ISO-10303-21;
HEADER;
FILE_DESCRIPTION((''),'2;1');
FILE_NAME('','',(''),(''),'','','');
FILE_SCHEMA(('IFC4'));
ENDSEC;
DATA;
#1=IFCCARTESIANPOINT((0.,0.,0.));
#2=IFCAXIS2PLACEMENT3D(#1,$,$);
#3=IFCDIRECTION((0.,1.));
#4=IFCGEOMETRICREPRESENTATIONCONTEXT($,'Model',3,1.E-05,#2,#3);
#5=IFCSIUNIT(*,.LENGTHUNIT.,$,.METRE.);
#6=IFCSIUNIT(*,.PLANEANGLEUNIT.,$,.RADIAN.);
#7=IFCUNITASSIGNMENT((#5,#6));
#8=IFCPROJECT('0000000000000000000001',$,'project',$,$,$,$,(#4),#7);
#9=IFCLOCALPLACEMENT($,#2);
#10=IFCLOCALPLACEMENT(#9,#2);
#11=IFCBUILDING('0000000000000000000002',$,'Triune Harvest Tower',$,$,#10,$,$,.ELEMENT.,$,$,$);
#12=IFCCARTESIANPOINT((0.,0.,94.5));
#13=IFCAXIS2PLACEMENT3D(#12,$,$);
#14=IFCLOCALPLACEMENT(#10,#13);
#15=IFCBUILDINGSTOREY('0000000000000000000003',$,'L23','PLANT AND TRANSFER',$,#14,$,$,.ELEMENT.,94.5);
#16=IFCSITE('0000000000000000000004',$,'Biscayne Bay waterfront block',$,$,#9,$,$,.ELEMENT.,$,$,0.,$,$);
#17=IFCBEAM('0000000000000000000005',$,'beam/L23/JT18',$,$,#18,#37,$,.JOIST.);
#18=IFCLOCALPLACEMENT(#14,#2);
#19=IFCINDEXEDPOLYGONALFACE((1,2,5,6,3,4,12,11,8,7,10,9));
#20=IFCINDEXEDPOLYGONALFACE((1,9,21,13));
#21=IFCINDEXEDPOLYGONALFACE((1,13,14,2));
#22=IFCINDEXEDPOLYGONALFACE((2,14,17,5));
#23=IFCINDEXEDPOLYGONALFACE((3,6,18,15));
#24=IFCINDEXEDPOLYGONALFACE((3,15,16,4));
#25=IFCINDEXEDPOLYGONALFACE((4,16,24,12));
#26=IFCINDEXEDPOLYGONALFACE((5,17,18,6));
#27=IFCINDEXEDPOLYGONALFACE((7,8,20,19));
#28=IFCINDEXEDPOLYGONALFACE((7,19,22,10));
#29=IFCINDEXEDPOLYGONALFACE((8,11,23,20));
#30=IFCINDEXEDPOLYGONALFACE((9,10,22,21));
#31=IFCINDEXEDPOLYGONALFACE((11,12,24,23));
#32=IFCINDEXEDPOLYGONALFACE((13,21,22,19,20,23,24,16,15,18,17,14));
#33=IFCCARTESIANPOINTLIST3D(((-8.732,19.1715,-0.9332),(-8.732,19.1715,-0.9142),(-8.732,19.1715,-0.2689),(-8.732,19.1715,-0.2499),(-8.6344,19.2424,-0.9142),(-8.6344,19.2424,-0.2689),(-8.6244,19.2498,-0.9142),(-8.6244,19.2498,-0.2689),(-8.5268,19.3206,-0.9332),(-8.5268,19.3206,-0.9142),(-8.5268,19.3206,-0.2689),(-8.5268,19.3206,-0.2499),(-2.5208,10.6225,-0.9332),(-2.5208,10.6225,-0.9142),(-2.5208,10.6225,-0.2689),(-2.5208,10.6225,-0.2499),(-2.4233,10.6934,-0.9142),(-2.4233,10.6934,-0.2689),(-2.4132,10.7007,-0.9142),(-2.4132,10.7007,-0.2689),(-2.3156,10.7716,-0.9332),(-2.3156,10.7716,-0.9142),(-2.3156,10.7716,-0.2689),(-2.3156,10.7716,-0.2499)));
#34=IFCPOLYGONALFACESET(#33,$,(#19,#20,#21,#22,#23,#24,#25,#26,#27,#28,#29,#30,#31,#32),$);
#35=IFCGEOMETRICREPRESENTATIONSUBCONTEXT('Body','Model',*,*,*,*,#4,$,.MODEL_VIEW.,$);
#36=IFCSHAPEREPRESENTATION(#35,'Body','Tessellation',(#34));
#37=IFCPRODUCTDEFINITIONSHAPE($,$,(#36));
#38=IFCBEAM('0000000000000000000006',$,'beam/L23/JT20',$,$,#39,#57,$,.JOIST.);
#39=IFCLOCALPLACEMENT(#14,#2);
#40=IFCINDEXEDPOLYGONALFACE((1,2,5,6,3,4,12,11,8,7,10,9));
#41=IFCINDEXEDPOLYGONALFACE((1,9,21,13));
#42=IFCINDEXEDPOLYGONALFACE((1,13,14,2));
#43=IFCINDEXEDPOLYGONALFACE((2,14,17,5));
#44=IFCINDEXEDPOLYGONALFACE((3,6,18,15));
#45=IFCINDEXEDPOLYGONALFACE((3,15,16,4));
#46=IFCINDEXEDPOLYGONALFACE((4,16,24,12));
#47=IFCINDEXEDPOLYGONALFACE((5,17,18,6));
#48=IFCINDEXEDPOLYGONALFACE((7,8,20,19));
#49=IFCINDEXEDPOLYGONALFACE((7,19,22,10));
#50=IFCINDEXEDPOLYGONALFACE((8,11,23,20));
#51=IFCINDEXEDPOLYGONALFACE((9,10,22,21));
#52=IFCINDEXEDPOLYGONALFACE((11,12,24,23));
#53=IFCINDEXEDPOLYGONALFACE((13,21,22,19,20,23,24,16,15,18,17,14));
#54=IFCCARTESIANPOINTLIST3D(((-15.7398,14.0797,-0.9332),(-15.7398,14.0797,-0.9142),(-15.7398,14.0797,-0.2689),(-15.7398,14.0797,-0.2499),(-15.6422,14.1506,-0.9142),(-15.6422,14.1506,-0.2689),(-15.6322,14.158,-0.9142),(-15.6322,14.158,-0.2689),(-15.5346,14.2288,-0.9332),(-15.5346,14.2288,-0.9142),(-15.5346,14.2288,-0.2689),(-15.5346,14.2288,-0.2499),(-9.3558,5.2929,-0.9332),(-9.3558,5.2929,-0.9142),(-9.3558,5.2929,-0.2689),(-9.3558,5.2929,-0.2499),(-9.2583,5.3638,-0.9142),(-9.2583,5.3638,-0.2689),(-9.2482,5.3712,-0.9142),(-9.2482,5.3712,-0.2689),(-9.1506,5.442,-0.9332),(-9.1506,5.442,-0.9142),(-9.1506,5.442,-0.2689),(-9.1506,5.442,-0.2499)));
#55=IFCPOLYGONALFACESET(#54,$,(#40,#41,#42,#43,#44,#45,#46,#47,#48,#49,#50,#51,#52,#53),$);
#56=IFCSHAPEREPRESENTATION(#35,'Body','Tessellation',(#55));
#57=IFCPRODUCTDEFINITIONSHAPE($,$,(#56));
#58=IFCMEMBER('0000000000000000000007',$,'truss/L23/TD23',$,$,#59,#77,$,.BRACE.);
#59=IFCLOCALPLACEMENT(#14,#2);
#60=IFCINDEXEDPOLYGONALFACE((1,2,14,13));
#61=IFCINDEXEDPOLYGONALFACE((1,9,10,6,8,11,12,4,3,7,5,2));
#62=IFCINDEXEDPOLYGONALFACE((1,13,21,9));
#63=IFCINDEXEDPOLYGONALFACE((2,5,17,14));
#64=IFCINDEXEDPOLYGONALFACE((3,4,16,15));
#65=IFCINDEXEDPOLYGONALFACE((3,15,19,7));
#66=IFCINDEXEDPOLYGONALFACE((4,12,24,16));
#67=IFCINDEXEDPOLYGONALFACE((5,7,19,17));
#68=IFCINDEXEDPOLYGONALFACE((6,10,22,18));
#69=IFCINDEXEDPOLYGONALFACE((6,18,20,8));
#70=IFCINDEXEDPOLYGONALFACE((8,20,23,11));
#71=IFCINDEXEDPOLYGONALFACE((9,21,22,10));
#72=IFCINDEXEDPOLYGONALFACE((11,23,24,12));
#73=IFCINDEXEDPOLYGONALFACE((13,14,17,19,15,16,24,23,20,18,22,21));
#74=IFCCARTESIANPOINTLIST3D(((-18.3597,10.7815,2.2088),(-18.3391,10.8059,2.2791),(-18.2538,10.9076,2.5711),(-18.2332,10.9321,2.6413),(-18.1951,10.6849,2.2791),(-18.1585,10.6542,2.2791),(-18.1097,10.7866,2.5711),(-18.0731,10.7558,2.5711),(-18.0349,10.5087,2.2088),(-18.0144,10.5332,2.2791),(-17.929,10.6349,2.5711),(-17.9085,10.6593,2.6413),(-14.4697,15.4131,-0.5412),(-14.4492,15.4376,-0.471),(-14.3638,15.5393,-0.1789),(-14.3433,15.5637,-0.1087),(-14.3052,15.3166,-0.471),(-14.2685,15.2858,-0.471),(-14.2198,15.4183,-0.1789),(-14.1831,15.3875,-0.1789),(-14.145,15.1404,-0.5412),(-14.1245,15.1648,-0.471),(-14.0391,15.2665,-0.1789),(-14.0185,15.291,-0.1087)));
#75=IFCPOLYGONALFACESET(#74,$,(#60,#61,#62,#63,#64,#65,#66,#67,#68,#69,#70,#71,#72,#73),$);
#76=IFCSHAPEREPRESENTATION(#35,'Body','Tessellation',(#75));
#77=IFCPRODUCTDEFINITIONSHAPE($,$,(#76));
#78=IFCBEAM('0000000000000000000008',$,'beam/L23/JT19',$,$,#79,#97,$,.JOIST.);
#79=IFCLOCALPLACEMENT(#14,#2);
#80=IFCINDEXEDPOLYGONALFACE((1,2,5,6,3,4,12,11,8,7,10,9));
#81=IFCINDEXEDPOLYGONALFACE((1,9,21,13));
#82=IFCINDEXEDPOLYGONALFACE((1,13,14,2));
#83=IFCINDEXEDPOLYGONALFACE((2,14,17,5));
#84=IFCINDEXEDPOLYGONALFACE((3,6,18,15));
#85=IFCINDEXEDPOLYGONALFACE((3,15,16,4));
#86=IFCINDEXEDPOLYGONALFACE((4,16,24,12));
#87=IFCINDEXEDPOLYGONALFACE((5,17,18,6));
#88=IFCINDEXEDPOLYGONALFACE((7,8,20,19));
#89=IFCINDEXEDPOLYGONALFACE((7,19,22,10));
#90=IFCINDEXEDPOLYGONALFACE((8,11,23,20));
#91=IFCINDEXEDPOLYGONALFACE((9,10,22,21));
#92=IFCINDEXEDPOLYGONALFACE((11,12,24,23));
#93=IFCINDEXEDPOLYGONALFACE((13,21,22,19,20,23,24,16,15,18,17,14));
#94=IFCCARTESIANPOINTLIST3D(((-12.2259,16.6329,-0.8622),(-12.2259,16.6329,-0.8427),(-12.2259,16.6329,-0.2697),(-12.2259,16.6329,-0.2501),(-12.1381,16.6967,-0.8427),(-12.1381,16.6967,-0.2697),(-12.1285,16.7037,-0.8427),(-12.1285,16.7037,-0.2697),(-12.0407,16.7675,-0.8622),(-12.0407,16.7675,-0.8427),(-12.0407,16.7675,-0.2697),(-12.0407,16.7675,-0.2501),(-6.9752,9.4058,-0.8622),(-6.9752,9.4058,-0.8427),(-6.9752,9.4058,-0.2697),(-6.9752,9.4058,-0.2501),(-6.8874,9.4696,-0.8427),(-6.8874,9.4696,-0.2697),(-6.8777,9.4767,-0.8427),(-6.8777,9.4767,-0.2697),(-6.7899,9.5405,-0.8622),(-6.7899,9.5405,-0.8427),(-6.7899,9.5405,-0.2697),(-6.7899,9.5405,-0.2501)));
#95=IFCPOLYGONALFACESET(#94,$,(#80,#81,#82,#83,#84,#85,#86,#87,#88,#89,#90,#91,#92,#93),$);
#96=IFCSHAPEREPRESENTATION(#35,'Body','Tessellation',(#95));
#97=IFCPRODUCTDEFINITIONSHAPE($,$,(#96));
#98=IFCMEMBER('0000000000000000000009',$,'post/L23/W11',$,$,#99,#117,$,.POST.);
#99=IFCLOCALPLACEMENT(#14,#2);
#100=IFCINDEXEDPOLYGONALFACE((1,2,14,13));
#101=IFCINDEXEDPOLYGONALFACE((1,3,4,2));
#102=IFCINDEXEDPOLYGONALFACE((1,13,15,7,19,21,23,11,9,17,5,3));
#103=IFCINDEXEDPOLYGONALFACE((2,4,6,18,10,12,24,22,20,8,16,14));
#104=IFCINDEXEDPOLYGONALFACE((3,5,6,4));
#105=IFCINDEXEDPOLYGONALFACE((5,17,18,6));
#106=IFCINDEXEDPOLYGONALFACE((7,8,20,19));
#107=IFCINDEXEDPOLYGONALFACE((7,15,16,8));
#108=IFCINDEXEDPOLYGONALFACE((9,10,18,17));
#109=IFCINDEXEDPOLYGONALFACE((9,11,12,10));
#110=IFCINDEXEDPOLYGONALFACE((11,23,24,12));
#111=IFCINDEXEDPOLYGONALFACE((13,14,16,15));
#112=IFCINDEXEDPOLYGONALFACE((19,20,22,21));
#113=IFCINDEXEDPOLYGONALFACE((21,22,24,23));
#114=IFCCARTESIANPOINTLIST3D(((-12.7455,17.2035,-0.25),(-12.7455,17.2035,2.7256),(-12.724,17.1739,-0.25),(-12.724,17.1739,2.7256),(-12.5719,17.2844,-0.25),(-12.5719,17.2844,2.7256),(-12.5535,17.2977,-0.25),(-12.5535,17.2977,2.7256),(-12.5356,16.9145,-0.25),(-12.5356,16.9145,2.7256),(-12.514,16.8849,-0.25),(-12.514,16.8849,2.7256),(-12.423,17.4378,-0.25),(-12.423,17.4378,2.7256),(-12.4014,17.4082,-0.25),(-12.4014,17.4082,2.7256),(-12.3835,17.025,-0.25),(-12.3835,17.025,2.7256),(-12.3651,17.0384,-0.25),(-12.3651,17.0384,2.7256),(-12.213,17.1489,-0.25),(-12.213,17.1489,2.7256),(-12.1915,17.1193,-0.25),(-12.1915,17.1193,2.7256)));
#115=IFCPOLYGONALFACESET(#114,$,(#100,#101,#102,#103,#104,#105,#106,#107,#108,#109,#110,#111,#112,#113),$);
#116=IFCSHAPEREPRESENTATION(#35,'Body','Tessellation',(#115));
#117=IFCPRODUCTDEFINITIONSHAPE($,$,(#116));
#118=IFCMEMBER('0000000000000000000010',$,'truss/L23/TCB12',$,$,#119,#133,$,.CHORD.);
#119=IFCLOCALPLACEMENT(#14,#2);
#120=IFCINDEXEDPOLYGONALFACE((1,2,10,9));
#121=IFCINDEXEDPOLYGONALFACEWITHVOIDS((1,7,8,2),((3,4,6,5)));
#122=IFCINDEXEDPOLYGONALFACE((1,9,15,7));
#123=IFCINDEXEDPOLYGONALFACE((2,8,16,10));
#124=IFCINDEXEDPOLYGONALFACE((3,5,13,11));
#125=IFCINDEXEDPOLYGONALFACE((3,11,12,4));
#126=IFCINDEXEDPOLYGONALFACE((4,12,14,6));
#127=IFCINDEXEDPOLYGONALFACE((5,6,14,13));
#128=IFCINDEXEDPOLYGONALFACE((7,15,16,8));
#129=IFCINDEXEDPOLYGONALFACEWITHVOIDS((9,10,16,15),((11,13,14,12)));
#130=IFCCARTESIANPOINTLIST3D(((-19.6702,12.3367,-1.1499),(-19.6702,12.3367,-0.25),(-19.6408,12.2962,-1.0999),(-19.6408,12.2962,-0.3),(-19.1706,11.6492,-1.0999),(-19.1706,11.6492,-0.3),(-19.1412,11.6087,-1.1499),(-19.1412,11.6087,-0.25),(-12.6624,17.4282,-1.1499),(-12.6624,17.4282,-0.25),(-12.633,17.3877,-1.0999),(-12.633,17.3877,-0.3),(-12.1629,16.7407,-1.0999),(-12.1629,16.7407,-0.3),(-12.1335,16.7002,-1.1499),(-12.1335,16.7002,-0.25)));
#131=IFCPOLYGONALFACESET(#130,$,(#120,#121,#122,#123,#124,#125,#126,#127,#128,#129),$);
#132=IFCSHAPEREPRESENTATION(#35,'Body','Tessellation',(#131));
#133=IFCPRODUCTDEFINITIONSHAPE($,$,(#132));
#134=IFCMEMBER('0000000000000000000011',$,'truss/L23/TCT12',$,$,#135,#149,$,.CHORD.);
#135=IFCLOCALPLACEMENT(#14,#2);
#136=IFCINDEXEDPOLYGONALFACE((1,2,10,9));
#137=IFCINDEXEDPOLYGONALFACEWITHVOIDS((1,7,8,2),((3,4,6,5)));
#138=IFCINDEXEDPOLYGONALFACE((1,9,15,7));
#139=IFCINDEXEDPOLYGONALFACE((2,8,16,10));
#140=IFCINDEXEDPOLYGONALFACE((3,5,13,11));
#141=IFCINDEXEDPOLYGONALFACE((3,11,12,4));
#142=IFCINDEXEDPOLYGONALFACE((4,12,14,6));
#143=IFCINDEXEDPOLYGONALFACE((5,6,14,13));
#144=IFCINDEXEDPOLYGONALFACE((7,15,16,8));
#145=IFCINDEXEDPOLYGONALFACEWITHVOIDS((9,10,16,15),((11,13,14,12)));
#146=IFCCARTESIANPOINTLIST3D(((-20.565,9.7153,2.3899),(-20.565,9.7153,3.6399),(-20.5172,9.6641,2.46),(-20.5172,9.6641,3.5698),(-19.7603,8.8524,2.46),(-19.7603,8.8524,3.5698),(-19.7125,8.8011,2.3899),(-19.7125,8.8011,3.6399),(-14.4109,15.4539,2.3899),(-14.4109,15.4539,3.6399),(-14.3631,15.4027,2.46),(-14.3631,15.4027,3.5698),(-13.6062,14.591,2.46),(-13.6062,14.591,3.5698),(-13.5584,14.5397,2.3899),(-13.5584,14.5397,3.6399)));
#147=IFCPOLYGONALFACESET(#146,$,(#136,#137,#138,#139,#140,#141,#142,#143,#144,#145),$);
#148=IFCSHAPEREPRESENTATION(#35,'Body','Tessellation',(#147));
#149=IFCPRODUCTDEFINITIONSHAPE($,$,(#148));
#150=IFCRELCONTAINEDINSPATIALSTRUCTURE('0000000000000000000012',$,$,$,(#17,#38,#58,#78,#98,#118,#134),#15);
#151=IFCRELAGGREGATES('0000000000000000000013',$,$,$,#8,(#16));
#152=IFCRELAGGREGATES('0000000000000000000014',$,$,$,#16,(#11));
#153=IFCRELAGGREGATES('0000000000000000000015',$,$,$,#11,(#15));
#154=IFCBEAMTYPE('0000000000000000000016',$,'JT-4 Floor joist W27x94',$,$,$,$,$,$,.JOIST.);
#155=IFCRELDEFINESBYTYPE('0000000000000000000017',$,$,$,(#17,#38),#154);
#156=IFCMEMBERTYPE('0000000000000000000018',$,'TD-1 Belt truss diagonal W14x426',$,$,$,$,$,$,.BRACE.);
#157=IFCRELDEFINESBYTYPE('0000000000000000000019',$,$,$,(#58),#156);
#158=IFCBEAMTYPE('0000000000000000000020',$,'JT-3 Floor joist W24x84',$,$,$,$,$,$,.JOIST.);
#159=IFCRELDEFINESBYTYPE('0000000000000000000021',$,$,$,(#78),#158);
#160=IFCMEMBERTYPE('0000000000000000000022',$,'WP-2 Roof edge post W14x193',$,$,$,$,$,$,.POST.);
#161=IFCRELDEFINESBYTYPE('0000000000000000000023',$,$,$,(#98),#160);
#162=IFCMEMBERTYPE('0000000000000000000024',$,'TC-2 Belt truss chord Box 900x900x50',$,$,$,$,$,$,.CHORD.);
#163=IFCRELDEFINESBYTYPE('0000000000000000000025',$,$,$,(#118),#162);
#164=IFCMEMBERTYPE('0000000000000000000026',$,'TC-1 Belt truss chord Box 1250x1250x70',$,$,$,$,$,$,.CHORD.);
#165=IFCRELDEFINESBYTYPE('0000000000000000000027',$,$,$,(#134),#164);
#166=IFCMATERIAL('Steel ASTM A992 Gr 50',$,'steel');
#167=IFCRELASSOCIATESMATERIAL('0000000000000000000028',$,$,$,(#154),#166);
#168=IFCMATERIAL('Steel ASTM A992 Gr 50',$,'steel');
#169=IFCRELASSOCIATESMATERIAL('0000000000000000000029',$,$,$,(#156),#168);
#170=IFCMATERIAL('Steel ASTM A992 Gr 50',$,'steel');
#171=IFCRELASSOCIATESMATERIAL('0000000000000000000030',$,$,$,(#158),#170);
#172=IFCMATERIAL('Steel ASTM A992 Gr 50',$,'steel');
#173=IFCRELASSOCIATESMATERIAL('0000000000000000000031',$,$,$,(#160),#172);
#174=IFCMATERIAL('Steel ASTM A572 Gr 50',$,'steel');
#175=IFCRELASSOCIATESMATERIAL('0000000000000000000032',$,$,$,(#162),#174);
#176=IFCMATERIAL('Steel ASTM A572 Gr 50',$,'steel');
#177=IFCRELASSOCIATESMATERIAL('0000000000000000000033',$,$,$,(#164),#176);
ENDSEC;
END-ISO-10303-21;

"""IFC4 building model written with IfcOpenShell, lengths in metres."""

from ifc_helpers import new_model, si_unit, direction, frame, origin, origin_2d, place, context, subcontext, project, spatial, hollow_rectangle, i_section, extrude, source, transform, mapped, material, material_profile, profile_set, type_object, element, save


model = new_model("IFC4")

# Units and contexts
model_context = context("Model", 3, precision=1e-05, world=origin(), true_north=direction((0.0, 1.0)))
body_context = subcontext(model_context, "Body", "Model", "MODEL_VIEW")
ifc_project = project(units=[si_unit("LENGTHUNIT", "METRE"), si_unit("PLANEANGLEUNIT", "RADIAN")], contexts=[model_context])

# Site, building, storey
site_placement = place(None, origin())
site = spatial("IfcSite", under=ifc_project, at=site_placement, Name="Biscayne Bay waterfront block", CompositionType="ELEMENT", RefElevation=0.0)
building_placement = place(site_placement, origin())
building = spatial("IfcBuilding", under=site, at=building_placement, Name="Triune Harvest Tower", CompositionType="ELEMENT")
storey_placement = place(building_placement, frame((0.0, 0.0, 94.5)))
storey = spatial("IfcBuildingStorey", under=building, at=storey_placement, Name="L23", Description="PLANT AND TRANSFER", CompositionType="ELEMENT", Elevation=94.5)

# Beams
ifc_material_1 = material(Name="Steel ASTM A992 Gr 50", Category="steel")
ifc_material_profile_1 = material_profile(ifc_material_1, i_section(OverallWidth=0.2537, OverallDepth=0.6833, WebThickness=0.0125, FlangeThickness=0.019, at=origin_2d()), Name="W27x94")
ifc_profile_set_1 = profile_set([ifc_material_profile_1], Name="Steel ASTM A992 Gr 50")
beam_type_1 = type_object("IfcBeamType", Name="JT-4 Floor joist W27x94", PredefinedType="JOIST", material=ifc_profile_set_1)
beam_1_placement = place(storey_placement, frame((-8.6294, 19.2461, -0.5916), z_axis=(0.58778, -0.809021, 0.0), x_axis=(0.809021, 0.58778, 0.0)))
element("IfcBeam", 1, at=beam_1_placement, inside=storey, type_object=beam_type_1, Name="beam/L23/JT18", PredefinedType="JOIST", context=body_context, shape_type="SweptSolid", body=[
    extrude(i_section(OverallWidth=0.2537, OverallDepth=0.6833, WebThickness=0.0125, FlangeThickness=0.019, at=origin_2d()), origin(), (0.0, 0.0, 1.0), 10.5671),
])
beam_2_placement = place(storey_placement, frame((-15.6372, 14.1543, -0.5916), z_axis=(0.587785, -0.809017, 0.0), x_axis=(0.809017, 0.587785, 0.0)))
element("IfcBeam", 2, at=beam_2_placement, inside=storey, type_object=beam_type_1, Name="beam/L23/JT20", PredefinedType="JOIST", context=body_context, shape_type="SweptSolid", body=[
    extrude(i_section(OverallWidth=0.2537, OverallDepth=0.6833, WebThickness=0.0125, FlangeThickness=0.019, at=origin_2d()), origin(), (0.0, 0.0, 1.0), 10.8611),
])

# Member
ifc_material_2 = material(Name="Steel ASTM A992 Gr 50", Category="steel")
ifc_material_profile_2 = material_profile(ifc_material_2, i_section(OverallWidth=0.4241, OverallDepth=0.4751, WebThickness=0.0479, FlangeThickness=0.0771, at=origin_2d()), Name="W14x426")
ifc_profile_set_2 = profile_set([ifc_material_profile_2], Name="Steel ASTM A992 Gr 50")
member_type_1 = type_object("IfcMemberType", Name="TD-1 Belt truss diagonal W14x426", PredefinedType="BRACE", material=ifc_profile_set_2)
member_1_placement = place(storey_placement, frame((-14.2441, 15.3521, -0.325), z_axis=(-0.585457, -0.697088, 0.413895), x_axis=(0.765757, -0.64313, 0.0)))
element("IfcMember", 3, at=member_1_placement, inside=storey, type_object=member_type_1, Name="truss/L23/TD23", PredefinedType="BRACE", context=body_context, shape_type="SweptSolid", body=[
    extrude(i_section(OverallWidth=0.4241, OverallDepth=0.4751, WebThickness=0.0479, FlangeThickness=0.0771, at=origin_2d()), origin(), (0.0, 0.0, 1.0), 6.6443),
])

# Beam
ifc_material_3 = material(Name="Steel ASTM A992 Gr 50", Category="steel")
ifc_material_profile_3 = material_profile(ifc_material_3, i_section(OverallWidth=0.229, OverallDepth=0.6121, WebThickness=0.012, FlangeThickness=0.0195, at=origin_2d()), Name="W24x84")
ifc_profile_set_3 = profile_set([ifc_material_profile_3], Name="Steel ASTM A992 Gr 50")
beam_type_2 = type_object("IfcBeamType", Name="JT-3 Floor joist W24x84", PredefinedType="JOIST", material=ifc_profile_set_3)
shared_shape_1 = source(origin(), body_context, "Body", "SweptSolid", [
    extrude(i_section(OverallWidth=0.229, OverallDepth=0.6121, WebThickness=0.012, FlangeThickness=0.0195, at=origin_2d()), origin(), (0.0, 0.0, 1.0), 8.9331),
])
beam_3_placement = place(storey_placement, frame((-12.1333, 16.7002, -0.5562), z_axis=(0.587783, -0.809018, 0.0), x_axis=(0.809018, 0.587783, 0.0)))
element("IfcBeam", 4, at=beam_3_placement, inside=storey, type_object=beam_type_2, Name="beam/L23/JT19", PredefinedType="JOIST", context=body_context, shape_type="MappedRepresentation", body=[
    mapped(shared_shape_1, transform((0.0, 0.0, 0.0), scale=1.0)),
])

# Members
ifc_material_4 = material(Name="Steel ASTM A992 Gr 50", Category="steel")
ifc_material_profile_4 = material_profile(ifc_material_4, i_section(OverallWidth=0.3987, OverallDepth=0.3938, WebThickness=0.0227, FlangeThickness=0.0366, at=origin_2d()), Name="W14x193")
ifc_profile_set_4 = profile_set([ifc_material_profile_4], Name="Steel ASTM A992 Gr 50")
member_type_2 = type_object("IfcMemberType", Name="WP-2 Roof edge post W14x193", PredefinedType="POST", material=ifc_profile_set_4)
shared_shape_2 = source(origin(), body_context, "Body", "SweptSolid", [
    extrude(i_section(OverallWidth=0.3987, OverallDepth=0.3938, WebThickness=0.0227, FlangeThickness=0.0366, at=origin_2d()), origin(), (0.0, 0.0, 1.0), 2.9756),
])
member_2_placement = place(storey_placement, frame((-12.4685, 17.1614, -0.25), z_axis=(0.0, 0.0, 1.0), x_axis=(-0.809017, -0.587785, 0.0)))
element("IfcMember", 5, at=member_2_placement, inside=storey, type_object=member_type_2, Name="post/L23/W11", PredefinedType="POST", context=body_context, shape_type="MappedRepresentation", body=[
    mapped(shared_shape_2, transform((0.0, 0.0, 0.0), scale=1.0)),
])
ifc_material_5 = material(Name="Steel ASTM A572 Gr 50", Category="steel")
ifc_material_profile_5 = material_profile(ifc_material_5, hollow_rectangle(XDim=0.8999, YDim=0.8999, WallThickness=0.05, at=origin_2d()), Name="Box 900x900x50")
ifc_profile_set_5 = profile_set([ifc_material_profile_5], Name="Steel ASTM A572 Gr 50")
member_type_3 = type_object("IfcMemberType", Name="TC-2 Belt truss chord Box 900x900x50", PredefinedType="CHORD", material=ifc_profile_set_5)
shared_shape_3 = source(origin(), body_context, "Body", "SweptSolid", [
    extrude(hollow_rectangle(XDim=0.8999, YDim=0.8999, WallThickness=0.05, at=origin_2d()), origin(), (0.0, 0.0, 1.0), 8.6621),
])
member_3_placement = place(storey_placement, frame((-12.3979, 17.0642, -0.7), z_axis=(-0.809013, -0.587791, 0.0), x_axis=(0.587791, -0.809013, 0.0)))
element("IfcMember", 6, at=member_3_placement, inside=storey, type_object=member_type_3, Name="truss/L23/TCB12", PredefinedType="CHORD", context=body_context, shape_type="MappedRepresentation", body=[
    mapped(shared_shape_3, transform((0.0, 0.0, 0.0), scale=1.0)),
])
ifc_material_6 = material(Name="Steel ASTM A572 Gr 50", Category="steel")
ifc_material_profile_6 = material_profile(ifc_material_6, hollow_rectangle(XDim=1.25, YDim=1.25, WallThickness=0.0701, at=origin_2d()), Name="Box 1250x1250x70")
ifc_profile_set_6 = profile_set([ifc_material_profile_6], Name="Steel ASTM A572 Gr 50")
member_type_4 = type_object("IfcMemberType", Name="TC-1 Belt truss chord Box 1250x1250x70", PredefinedType="CHORD", material=ifc_profile_set_6)
shared_shape_4 = source(origin(), body_context, "Body", "SweptSolid", [
    extrude(hollow_rectangle(XDim=1.25, YDim=1.25, WallThickness=0.0701, at=origin_2d()), origin(), (0.0, 0.0, 1.0), 8.4146),
])
member_4_placement = place(storey_placement, frame((-13.9846, 14.9968, 3.0149), z_axis=(-0.731367, -0.681984, 0.0), x_axis=(0.681984, -0.731367, 0.0)))
element("IfcMember", 7, at=member_4_placement, inside=storey, type_object=member_type_4, Name="truss/L23/TCT12", PredefinedType="CHORD", context=body_context, shape_type="MappedRepresentation", body=[
    mapped(shared_shape_4, transform((0.0, 0.0, 0.0), scale=1.0)),
])

save(model, "model.ifc")
